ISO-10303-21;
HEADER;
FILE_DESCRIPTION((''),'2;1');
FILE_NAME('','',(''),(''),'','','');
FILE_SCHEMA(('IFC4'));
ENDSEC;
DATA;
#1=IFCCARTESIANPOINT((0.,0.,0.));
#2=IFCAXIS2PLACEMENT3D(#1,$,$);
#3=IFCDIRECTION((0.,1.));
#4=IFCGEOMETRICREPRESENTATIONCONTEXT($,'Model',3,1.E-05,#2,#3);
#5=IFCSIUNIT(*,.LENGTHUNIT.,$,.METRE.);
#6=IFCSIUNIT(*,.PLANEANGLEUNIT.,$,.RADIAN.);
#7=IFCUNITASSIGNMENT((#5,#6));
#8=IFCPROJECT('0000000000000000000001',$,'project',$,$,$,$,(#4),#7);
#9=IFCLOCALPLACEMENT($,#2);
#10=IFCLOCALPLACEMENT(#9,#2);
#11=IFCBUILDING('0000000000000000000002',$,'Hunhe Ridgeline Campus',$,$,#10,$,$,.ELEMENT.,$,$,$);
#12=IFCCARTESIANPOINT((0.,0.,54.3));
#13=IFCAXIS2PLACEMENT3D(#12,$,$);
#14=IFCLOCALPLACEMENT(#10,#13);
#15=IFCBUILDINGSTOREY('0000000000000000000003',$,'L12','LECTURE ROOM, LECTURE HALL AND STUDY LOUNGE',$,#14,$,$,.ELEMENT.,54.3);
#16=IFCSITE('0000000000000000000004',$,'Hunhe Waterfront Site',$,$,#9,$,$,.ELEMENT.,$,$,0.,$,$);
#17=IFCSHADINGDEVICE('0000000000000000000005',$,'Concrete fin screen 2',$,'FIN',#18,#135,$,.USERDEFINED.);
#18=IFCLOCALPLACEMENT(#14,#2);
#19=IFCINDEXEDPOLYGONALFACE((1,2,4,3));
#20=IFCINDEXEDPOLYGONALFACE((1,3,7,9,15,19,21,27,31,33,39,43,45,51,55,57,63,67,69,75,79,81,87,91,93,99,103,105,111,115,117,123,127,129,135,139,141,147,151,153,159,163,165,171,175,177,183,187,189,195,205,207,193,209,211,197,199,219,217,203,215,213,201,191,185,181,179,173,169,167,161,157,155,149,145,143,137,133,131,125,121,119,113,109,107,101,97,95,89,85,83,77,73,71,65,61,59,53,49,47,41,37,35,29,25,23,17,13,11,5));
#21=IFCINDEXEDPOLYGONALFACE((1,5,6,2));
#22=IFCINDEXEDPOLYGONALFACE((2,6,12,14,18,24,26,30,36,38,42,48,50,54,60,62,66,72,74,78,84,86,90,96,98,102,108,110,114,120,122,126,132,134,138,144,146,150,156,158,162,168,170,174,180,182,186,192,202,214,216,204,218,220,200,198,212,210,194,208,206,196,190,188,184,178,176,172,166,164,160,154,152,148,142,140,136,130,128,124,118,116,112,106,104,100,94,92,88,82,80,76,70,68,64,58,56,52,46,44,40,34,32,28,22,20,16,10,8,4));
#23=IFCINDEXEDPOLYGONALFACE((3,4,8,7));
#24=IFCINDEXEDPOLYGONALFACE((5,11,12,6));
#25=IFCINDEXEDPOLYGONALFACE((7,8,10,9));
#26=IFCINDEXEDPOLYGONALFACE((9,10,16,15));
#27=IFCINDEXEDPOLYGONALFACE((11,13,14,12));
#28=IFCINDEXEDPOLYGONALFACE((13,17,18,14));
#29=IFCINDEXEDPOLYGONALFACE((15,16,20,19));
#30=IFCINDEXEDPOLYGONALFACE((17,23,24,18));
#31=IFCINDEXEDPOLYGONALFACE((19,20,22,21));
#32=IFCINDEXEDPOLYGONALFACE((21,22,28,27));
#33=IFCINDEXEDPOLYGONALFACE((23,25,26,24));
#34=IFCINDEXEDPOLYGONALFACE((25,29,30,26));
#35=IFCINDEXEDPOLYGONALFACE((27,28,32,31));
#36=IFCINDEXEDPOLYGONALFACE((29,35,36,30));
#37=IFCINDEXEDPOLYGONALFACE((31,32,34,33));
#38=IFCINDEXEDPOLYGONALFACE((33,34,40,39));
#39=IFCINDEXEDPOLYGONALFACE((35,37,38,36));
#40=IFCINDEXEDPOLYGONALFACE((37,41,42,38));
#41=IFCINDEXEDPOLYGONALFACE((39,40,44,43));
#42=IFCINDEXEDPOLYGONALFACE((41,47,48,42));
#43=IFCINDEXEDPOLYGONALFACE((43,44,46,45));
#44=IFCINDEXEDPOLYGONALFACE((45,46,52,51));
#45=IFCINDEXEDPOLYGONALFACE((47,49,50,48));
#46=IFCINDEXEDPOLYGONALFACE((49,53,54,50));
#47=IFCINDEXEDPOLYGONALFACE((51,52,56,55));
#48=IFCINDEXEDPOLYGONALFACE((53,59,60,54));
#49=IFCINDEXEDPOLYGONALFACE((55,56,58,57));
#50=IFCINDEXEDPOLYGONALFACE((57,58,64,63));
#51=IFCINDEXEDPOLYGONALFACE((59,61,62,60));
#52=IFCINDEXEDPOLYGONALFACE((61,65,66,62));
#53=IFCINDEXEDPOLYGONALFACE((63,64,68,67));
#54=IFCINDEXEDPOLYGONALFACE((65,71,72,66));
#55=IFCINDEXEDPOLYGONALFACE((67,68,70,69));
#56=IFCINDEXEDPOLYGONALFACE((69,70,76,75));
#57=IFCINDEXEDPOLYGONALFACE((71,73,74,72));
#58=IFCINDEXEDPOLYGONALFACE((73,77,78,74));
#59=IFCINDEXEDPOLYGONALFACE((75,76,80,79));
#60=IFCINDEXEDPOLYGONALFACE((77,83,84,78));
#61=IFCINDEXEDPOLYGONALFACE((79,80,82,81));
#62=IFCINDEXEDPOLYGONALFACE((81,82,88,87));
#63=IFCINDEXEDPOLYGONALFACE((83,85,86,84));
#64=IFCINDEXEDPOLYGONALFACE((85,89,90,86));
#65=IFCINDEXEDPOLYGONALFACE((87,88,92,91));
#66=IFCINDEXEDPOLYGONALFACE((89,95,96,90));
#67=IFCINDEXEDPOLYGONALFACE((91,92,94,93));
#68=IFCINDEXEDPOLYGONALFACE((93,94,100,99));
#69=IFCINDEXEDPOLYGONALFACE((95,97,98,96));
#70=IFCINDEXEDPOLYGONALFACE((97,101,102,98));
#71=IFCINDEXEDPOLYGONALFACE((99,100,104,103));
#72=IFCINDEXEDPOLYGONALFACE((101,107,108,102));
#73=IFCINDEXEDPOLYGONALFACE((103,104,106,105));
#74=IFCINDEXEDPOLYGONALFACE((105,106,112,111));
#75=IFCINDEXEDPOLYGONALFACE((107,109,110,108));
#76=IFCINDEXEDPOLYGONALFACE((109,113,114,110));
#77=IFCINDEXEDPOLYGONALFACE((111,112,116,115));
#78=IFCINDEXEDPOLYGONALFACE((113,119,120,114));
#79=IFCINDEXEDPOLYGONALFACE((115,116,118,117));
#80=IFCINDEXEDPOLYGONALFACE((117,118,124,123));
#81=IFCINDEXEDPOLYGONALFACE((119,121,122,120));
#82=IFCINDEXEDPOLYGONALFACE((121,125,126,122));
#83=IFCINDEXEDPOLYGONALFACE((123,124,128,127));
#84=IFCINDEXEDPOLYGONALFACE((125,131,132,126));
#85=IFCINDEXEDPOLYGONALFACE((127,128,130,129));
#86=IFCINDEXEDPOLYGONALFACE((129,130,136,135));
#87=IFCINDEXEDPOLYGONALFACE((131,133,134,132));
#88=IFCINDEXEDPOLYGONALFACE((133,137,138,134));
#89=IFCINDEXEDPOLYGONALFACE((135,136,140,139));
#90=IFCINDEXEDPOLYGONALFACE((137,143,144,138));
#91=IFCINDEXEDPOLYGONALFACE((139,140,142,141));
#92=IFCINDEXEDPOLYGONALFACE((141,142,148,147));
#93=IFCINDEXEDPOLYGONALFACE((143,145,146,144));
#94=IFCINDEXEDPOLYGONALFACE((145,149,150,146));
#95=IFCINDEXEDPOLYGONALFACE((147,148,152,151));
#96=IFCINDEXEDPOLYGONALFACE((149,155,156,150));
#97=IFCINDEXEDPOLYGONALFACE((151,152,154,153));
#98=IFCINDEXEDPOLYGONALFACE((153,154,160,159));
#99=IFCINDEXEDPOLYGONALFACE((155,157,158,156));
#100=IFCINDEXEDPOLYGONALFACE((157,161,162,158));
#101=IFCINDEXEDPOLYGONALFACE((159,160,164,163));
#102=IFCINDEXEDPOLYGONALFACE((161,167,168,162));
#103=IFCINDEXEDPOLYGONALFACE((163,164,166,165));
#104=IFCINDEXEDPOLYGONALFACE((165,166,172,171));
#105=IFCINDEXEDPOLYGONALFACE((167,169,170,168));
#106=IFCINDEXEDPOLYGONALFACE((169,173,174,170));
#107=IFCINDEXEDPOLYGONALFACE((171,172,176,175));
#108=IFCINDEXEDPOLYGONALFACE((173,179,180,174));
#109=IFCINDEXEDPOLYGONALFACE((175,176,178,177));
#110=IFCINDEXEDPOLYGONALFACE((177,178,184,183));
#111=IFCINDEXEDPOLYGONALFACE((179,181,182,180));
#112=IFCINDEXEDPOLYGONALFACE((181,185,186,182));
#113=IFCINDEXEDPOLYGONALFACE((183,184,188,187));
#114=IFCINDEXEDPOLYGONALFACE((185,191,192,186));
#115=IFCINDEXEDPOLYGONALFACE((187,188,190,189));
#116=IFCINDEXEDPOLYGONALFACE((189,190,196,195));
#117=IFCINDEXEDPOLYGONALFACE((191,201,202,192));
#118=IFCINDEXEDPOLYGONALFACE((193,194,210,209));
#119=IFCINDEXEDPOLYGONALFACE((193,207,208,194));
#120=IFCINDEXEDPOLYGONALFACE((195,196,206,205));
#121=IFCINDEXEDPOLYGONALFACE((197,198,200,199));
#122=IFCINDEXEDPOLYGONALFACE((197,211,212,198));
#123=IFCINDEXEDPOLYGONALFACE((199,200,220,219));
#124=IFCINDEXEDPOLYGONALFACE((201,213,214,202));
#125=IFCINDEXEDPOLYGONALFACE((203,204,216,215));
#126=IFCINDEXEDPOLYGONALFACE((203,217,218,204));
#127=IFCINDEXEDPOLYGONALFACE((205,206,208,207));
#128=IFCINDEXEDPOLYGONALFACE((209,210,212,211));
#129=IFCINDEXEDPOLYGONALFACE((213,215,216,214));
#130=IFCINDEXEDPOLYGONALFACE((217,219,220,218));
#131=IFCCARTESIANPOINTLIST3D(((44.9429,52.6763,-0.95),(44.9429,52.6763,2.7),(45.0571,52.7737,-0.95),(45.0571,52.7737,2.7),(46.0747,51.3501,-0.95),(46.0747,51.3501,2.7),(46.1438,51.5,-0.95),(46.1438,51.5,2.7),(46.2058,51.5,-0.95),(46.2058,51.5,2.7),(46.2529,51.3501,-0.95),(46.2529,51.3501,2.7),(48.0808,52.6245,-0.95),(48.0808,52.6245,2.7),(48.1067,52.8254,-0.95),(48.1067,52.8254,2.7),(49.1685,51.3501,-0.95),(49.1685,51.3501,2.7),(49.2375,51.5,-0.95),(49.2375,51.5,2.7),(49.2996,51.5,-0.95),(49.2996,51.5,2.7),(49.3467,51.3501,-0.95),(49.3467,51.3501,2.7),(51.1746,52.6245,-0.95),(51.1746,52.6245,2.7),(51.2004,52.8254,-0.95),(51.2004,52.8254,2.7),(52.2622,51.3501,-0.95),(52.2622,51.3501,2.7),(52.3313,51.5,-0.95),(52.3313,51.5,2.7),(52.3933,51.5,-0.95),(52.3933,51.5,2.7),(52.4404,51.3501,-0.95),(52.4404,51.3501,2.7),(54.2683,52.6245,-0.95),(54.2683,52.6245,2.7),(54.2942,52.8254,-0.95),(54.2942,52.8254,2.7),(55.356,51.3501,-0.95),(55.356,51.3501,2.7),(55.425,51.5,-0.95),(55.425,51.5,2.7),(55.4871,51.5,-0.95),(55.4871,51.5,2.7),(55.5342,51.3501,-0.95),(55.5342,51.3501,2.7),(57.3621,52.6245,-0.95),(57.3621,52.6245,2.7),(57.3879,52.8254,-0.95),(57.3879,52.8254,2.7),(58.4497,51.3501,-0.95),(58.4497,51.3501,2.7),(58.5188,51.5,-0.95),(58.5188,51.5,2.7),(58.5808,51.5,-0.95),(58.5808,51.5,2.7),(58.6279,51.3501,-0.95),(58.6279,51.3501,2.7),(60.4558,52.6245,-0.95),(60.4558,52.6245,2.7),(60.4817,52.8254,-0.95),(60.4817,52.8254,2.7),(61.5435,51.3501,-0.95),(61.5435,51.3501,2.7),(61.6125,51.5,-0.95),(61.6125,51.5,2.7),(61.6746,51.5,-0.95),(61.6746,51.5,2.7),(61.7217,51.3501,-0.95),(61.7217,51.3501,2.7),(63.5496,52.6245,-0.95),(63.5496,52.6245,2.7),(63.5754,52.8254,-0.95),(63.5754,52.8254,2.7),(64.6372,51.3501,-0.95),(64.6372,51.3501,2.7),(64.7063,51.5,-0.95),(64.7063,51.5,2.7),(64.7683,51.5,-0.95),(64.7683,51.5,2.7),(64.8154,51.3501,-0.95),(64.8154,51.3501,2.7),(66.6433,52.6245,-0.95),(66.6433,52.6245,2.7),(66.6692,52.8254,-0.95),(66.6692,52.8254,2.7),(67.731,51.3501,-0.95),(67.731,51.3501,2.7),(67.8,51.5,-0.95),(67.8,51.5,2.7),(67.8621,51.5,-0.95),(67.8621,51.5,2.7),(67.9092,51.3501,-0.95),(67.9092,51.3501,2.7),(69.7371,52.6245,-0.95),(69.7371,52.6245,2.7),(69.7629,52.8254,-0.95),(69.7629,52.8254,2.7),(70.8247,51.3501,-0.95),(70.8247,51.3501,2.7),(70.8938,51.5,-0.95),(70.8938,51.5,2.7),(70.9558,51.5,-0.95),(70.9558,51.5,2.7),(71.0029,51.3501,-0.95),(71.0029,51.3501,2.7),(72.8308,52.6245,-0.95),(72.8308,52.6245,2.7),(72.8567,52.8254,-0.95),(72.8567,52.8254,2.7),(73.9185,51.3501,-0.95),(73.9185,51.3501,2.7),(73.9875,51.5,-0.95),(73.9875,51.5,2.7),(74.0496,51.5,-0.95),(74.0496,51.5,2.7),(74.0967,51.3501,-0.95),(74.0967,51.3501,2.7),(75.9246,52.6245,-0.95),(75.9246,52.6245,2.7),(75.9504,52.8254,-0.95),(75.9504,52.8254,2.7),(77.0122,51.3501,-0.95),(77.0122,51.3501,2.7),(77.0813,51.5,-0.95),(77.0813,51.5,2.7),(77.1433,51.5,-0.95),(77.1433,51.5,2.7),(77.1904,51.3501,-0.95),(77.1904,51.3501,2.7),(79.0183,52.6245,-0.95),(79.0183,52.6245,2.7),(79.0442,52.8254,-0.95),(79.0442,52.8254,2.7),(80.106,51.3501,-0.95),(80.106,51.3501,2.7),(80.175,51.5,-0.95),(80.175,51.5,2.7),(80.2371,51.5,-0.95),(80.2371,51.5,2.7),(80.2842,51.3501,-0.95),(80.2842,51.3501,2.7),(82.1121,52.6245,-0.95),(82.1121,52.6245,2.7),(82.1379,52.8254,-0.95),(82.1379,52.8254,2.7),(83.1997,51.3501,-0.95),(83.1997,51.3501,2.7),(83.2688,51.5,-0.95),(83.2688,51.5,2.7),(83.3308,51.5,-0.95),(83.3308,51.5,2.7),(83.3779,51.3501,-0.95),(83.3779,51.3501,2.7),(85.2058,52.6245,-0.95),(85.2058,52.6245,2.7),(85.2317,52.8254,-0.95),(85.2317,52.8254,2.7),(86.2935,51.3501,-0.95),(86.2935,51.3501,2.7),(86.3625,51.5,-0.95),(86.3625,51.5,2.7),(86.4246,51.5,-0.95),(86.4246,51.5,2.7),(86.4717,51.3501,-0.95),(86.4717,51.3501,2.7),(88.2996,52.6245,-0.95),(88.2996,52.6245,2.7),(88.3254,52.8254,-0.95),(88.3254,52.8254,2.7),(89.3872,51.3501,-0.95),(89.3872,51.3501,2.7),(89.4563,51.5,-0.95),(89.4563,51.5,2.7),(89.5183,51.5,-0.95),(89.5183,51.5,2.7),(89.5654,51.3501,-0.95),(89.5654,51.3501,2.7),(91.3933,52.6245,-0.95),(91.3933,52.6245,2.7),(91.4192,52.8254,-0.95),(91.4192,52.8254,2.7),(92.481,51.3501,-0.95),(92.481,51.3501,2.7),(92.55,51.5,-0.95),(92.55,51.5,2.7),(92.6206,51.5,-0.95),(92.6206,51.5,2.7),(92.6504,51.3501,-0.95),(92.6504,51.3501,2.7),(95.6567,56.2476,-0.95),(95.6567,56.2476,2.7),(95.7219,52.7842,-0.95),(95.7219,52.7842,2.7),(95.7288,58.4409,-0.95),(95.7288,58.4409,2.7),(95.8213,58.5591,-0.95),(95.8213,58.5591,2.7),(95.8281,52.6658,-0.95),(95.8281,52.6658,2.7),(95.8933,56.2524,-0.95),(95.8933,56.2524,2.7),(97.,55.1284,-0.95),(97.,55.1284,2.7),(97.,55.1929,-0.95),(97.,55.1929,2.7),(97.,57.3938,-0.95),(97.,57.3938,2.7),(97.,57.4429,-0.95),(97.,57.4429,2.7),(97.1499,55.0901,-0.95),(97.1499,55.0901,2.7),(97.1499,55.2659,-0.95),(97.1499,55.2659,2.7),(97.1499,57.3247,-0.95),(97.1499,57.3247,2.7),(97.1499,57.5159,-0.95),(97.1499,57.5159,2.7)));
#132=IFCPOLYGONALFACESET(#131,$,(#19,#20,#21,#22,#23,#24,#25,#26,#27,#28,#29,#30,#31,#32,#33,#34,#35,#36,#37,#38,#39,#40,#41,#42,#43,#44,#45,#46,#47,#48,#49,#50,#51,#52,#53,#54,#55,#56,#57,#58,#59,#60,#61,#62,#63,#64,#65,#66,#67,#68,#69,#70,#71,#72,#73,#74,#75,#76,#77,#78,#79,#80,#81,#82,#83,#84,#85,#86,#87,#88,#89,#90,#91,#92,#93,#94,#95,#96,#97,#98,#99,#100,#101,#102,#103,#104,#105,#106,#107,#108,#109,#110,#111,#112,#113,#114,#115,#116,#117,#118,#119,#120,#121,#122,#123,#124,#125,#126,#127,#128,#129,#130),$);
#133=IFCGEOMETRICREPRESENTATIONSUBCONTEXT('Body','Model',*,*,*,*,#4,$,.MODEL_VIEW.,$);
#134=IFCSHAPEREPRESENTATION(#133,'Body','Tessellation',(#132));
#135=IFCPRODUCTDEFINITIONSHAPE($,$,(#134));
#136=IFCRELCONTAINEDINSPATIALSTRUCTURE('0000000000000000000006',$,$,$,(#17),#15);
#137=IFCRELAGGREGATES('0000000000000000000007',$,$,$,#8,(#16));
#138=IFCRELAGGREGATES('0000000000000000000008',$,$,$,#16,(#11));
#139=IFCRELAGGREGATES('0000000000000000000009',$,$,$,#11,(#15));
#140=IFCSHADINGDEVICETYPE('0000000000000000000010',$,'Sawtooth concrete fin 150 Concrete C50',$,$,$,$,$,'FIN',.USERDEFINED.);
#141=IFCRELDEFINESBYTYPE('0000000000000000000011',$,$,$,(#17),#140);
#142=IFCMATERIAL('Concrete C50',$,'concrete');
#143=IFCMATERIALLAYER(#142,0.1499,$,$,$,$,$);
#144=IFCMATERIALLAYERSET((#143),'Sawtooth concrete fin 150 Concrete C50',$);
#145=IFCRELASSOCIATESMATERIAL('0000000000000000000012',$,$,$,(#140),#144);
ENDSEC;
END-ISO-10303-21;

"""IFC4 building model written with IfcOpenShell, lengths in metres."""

from ifc_helpers import new_model, si_unit, direction, frame, origin, place, context, subcontext, project, spatial, polyline, outline, extrude, material, layer, layer_set, type_object, element, save


model = new_model("IFC4")

# Units and contexts
model_context = context("Model", 3, precision=1e-05, world=origin(), true_north=direction((0.0, 1.0)))
body_context = subcontext(model_context, "Body", "Model", "MODEL_VIEW")
ifc_project = project(units=[si_unit("LENGTHUNIT", "METRE"), si_unit("PLANEANGLEUNIT", "RADIAN")], contexts=[model_context])

# Site, building, storey
site_placement = place(None, origin())
site = spatial("IfcSite", under=ifc_project, at=site_placement, Name="Hunhe Waterfront Site", CompositionType="ELEMENT", RefElevation=0.0)
building_placement = place(site_placement, origin())
building = spatial("IfcBuilding", under=site, at=building_placement, Name="Hunhe Ridgeline Campus", CompositionType="ELEMENT")
storey_placement = place(building_placement, frame((0.0, 0.0, 54.3)))
storey = spatial("IfcBuildingStorey", under=building, at=storey_placement, Name="L12", Description="LECTURE ROOM, LECTURE HALL AND STUDY LOUNGE", CompositionType="ELEMENT", Elevation=54.3)

# Shading device
ifc_material_1 = material(Name="Concrete C50", Category="concrete")
ifc_layer_1 = layer(ifc_material_1, 0.1499)
ifc_layer_set_1 = layer_set([ifc_layer_1], Name="Sawtooth concrete fin 150 Concrete C50")
shading_device_type = type_object("IfcShadingDeviceType", Name="Sawtooth concrete fin 150 Concrete C50", ElementType="FIN", PredefinedType="USERDEFINED", material=ifc_layer_set_1)
shading_device_1_placement = place(storey_placement, frame((0.0, 0.0, -0.95)))
element("IfcShadingDevice", 1, at=shading_device_1_placement, inside=storey, type_object=shading_device_type, Name="Concrete fin screen 2", ObjectType="FIN", PredefinedType="USERDEFINED", context=body_context, shape_type="SweptSolid", body=[
    extrude(outline(polyline([(45.0571, 52.7737), (44.9429, 52.6763), (46.0747, 51.3501), (46.2529, 51.3501), (48.0808, 52.6245), (49.1685, 51.3501), (49.3467, 51.3501), (51.1746, 52.6245), (52.2622, 51.3501), (52.4404, 51.3501), (54.2683, 52.6245), (55.356, 51.3501), (55.5342, 51.3501), (57.3621, 52.6245), (58.4497, 51.3501), (58.6279, 51.3501), (60.4558, 52.6245), (61.5435, 51.3501), (61.7217, 51.3501), (63.5496, 52.6245), (64.6372, 51.3501), (64.8154, 51.3501), (66.6433, 52.6245), (67.731, 51.3501), (67.9092, 51.3501), (69.7371, 52.6245), (70.8247, 51.3501), (71.0029, 51.3501), (72.8308, 52.6245), (73.9185, 51.3501), (74.0967, 51.3501), (75.9246, 52.6245), (77.0122, 51.3501), (77.1904, 51.3501), (79.0183, 52.6245), (80.106, 51.3501), (80.2842, 51.3501), (82.1121, 52.6245), (83.1997, 51.3501), (83.3779, 51.3501), (85.2058, 52.6245), (86.2935, 51.3501), (86.4717, 51.3501), (88.2996, 52.6245), (89.3872, 51.3501), (89.5654, 51.3501), (91.3933, 52.6245), (92.481, 51.3501), (92.6504, 51.3501), (95.8281, 52.6658), (97.1499, 55.0901), (97.1499, 55.2659), (95.8933, 56.2524), (97.1499, 57.3247), (97.1499, 57.5159), (95.8213, 58.5591), (95.7288, 58.4409), (97.0, 57.4429), (97.0, 57.3938), (95.6567, 56.2476), (97.0, 55.1929), (97.0, 55.1284), (95.7219, 52.7842), (92.6206, 51.5), (92.55, 51.5), (91.4192, 52.8254), (89.5183, 51.5), (89.4563, 51.5), (88.3254, 52.8254), (86.4246, 51.5), (86.3625, 51.5), (85.2317, 52.8254), (83.3308, 51.5), (83.2688, 51.5), (82.1379, 52.8254), (80.2371, 51.5), (80.175, 51.5), (79.0442, 52.8254), (77.1433, 51.5), (77.0813, 51.5), (75.9504, 52.8254), (74.0496, 51.5), (73.9875, 51.5), (72.8567, 52.8254), (70.9558, 51.5), (70.8938, 51.5), (69.7629, 52.8254), (67.8621, 51.5), (67.8, 51.5), (66.6692, 52.8254), (64.7683, 51.5), (64.7063, 51.5), (63.5754, 52.8254), (61.6746, 51.5), (61.6125, 51.5), (60.4817, 52.8254), (58.5808, 51.5), (58.5188, 51.5), (57.3879, 52.8254), (55.4871, 51.5), (55.425, 51.5), (54.2942, 52.8254), (52.3933, 51.5), (52.3313, 51.5), (51.2004, 52.8254), (49.2996, 51.5), (49.2375, 51.5), (48.1067, 52.8254), (46.2058, 51.5), (46.1438, 51.5), (45.0571, 52.7737)])), origin(), (0.0, 0.0, 1.0), 3.6499),
])

save(model, "model.ifc")
